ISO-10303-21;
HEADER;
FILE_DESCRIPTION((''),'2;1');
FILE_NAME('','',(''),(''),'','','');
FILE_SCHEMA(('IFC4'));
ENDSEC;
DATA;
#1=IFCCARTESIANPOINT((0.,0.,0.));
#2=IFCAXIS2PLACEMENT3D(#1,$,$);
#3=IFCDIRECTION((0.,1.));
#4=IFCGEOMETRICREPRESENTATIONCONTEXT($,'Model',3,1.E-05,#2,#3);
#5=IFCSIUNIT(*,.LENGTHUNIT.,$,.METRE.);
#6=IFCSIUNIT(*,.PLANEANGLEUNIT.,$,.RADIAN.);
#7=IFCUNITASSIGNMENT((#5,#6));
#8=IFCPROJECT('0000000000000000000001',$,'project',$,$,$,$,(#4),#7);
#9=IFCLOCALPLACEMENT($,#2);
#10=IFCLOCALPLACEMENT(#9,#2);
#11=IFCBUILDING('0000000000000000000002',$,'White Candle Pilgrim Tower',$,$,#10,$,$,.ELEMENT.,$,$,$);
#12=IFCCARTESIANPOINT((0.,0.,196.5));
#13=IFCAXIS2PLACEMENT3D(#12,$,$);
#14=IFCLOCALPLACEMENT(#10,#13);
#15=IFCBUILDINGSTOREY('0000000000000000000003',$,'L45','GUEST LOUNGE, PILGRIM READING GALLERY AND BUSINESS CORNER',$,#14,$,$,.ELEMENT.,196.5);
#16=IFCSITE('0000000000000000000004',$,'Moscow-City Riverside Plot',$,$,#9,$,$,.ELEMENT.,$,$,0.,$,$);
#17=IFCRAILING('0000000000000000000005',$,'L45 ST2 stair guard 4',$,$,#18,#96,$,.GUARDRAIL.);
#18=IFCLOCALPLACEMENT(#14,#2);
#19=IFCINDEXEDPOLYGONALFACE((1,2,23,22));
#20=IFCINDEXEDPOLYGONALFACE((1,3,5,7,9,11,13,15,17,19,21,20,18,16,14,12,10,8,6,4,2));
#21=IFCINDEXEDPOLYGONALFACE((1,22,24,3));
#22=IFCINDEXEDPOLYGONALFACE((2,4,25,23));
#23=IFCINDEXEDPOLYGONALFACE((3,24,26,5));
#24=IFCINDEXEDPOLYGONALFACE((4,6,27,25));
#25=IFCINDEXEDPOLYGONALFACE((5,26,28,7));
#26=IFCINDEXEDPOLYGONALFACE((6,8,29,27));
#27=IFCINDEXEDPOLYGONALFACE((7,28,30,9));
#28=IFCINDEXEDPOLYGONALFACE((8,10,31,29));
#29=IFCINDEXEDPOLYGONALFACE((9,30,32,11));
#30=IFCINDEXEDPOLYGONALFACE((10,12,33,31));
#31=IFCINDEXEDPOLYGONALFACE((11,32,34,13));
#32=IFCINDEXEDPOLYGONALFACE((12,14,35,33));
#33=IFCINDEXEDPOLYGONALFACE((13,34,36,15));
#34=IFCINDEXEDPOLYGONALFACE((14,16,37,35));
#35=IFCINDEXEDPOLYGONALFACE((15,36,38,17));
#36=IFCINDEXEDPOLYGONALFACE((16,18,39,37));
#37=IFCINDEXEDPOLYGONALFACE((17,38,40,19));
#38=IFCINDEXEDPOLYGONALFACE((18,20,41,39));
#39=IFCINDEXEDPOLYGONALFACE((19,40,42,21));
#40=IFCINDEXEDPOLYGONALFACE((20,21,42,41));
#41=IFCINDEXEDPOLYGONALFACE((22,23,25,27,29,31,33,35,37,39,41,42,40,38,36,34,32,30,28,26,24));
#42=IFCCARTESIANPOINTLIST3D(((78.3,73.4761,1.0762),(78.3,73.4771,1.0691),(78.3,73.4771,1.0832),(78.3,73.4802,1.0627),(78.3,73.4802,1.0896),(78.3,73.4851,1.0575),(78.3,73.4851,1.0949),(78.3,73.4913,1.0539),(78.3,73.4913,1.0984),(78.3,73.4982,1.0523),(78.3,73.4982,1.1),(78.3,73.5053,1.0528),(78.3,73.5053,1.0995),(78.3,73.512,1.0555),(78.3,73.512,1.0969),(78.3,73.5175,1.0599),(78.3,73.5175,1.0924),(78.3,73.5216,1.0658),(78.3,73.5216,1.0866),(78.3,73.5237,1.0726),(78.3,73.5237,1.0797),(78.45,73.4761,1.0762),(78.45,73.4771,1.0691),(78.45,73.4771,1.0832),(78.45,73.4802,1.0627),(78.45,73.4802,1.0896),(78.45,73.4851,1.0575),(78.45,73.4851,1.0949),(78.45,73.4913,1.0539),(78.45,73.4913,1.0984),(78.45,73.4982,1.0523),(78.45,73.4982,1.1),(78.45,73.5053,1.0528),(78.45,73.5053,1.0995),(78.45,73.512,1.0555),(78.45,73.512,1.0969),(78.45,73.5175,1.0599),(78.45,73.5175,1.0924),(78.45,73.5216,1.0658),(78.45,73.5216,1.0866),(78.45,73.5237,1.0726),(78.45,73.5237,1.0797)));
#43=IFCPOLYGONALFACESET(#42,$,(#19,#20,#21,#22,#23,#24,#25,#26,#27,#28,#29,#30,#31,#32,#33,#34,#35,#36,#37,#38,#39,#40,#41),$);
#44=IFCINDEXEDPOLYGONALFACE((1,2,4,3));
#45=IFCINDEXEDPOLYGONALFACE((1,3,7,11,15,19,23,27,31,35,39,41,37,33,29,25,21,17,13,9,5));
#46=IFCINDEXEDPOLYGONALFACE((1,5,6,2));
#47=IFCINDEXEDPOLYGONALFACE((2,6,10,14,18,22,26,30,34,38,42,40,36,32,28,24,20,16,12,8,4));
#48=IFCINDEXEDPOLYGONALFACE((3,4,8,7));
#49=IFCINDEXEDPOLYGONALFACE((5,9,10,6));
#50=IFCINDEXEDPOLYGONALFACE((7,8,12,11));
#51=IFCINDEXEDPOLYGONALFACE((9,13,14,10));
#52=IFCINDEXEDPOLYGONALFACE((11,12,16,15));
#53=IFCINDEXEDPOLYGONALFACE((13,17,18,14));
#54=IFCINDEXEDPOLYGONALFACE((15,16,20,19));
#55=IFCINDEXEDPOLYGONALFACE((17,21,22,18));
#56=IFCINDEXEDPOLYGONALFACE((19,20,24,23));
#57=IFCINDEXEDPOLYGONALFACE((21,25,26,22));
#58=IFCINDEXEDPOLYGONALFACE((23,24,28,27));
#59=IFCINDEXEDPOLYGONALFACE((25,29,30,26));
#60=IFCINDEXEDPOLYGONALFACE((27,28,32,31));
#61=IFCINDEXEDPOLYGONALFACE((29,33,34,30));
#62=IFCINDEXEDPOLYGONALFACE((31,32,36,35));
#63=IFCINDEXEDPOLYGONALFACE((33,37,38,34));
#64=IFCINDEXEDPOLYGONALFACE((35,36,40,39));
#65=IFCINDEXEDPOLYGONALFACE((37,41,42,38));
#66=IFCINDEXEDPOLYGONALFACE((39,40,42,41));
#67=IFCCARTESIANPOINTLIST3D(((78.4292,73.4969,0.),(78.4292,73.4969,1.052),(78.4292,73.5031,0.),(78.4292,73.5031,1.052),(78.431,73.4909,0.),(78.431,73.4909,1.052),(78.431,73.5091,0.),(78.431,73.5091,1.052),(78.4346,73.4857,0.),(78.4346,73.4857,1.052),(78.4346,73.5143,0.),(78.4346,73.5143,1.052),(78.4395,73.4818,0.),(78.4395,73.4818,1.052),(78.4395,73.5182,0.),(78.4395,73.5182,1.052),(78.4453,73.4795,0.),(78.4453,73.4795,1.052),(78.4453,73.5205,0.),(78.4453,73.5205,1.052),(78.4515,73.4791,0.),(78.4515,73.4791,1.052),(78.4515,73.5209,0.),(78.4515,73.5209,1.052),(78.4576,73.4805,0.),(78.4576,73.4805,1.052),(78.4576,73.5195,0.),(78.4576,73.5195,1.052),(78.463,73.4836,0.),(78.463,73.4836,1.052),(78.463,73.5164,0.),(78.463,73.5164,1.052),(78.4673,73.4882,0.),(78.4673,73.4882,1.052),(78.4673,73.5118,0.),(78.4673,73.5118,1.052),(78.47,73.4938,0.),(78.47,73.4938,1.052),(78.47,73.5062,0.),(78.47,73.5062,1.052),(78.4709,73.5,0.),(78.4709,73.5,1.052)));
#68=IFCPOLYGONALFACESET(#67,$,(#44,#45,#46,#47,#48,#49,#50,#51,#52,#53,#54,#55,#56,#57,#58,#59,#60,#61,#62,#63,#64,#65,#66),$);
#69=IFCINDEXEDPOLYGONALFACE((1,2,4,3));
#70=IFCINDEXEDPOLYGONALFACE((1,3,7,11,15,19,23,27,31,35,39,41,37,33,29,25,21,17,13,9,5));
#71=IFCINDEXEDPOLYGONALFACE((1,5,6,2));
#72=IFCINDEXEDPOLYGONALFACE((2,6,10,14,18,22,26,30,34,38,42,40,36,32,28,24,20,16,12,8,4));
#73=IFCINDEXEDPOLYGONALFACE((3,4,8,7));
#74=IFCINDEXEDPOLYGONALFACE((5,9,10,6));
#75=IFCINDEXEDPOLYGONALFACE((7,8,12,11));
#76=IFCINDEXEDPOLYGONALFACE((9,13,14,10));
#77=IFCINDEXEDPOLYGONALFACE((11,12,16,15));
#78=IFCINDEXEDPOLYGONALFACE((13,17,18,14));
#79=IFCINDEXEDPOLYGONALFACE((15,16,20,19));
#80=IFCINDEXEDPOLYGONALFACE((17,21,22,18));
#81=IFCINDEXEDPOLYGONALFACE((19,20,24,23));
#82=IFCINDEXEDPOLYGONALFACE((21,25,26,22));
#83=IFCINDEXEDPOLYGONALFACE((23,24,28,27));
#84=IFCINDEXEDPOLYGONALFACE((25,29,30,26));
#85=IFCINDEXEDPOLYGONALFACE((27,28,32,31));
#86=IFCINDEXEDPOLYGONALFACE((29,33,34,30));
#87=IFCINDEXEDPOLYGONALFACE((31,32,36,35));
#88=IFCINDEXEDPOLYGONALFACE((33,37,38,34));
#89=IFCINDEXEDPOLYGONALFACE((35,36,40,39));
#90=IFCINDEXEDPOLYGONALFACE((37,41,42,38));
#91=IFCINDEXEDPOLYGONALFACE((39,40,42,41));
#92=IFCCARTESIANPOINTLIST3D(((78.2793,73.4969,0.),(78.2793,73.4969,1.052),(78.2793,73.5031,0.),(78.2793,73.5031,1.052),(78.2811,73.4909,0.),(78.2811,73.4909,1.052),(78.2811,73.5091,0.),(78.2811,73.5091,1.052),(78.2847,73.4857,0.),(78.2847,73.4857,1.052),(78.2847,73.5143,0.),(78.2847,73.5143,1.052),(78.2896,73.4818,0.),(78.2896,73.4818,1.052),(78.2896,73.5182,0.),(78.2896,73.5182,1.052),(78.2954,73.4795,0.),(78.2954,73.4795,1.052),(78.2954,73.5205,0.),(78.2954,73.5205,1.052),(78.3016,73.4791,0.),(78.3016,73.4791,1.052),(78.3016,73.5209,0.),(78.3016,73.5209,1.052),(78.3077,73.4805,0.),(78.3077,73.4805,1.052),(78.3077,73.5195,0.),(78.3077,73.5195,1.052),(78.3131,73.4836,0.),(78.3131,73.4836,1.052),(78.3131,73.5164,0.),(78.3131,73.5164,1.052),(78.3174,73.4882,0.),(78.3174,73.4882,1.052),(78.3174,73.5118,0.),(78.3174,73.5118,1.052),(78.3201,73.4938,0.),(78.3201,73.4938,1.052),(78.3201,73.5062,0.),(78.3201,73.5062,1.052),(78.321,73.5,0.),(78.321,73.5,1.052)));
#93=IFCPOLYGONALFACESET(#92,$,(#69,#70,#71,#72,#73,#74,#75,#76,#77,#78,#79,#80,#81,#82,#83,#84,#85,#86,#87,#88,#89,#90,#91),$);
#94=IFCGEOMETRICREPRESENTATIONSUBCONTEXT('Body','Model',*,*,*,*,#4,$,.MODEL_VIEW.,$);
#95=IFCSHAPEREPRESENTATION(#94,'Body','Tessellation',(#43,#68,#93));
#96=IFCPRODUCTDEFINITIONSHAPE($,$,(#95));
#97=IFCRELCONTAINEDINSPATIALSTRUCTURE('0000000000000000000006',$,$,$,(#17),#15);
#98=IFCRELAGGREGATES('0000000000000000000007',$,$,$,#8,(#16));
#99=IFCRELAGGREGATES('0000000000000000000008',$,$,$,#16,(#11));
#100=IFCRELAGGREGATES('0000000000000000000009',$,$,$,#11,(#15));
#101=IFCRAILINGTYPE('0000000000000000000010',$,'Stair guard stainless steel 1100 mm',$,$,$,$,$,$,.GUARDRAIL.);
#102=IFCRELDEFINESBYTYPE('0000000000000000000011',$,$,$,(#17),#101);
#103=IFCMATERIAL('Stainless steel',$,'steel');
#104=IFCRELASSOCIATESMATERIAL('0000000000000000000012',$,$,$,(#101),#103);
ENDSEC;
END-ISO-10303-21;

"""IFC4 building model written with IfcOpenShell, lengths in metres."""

from ifc_helpers import new_model, si_unit, direction, frame, origin, origin_2d, place, context, subcontext, project, spatial, circle, extrude, material, type_object, element, save


model = new_model("IFC4")

# Units and contexts
model_context = context("Model", 3, precision=1e-05, world=origin(), true_north=direction((0.0, 1.0)))
body_context = subcontext(model_context, "Body", "Model", "MODEL_VIEW")
ifc_project = project(units=[si_unit("LENGTHUNIT", "METRE"), si_unit("PLANEANGLEUNIT", "RADIAN")], contexts=[model_context])

# Site, building, storey
site_placement = place(None, origin())
site = spatial("IfcSite", under=ifc_project, at=site_placement, Name="Moscow-City Riverside Plot", CompositionType="ELEMENT", RefElevation=0.0)
building_placement = place(site_placement, origin())
building = spatial("IfcBuilding", under=site, at=building_placement, Name="White Candle Pilgrim Tower", CompositionType="ELEMENT")
storey_placement = place(building_placement, frame((0.0, 0.0, 196.5)))
storey = spatial("IfcBuildingStorey", under=building, at=storey_placement, Name="L45", Description="GUEST LOUNGE, PILGRIM READING GALLERY AND BUSINESS CORNER", CompositionType="ELEMENT", Elevation=196.5)

# Shared definitions
ifc_material_1 = material(Name="Stainless steel", Category="steel")

# Railing
railing_type_1 = type_object("IfcRailingType", Name="Stair guard stainless steel 1100 mm", PredefinedType="GUARDRAIL", material=ifc_material_1)
railing_1_placement = place(storey_placement, frame((78.45, 73.5, 0.0)))
element("IfcRailing", 1, at=railing_1_placement, inside=storey, type_object=railing_type_1, Name="L45 ST2 stair guard 4", PredefinedType="GUARDRAIL", context=body_context, shape_type="SweptSolid", body=[
    extrude(circle(Radius=0.0239, at=origin_2d()), frame((0.0, 0.0, 1.0762), z_axis=(-1.0, 0.0, 0.0), x_axis=(0.0, -1.0, 0.0)), (0.0, 0.0, 1.0), 0.1499),
    extrude(circle(Radius=0.021, at=origin_2d()), origin(), (0.0, 0.0, 1.0), 1.052),
    extrude(circle(Radius=0.021, at=origin_2d()), frame((-0.1499, 0.0, 0.0)), (0.0, 0.0, 1.0), 1.052),
])

save(model, "model.ifc")
